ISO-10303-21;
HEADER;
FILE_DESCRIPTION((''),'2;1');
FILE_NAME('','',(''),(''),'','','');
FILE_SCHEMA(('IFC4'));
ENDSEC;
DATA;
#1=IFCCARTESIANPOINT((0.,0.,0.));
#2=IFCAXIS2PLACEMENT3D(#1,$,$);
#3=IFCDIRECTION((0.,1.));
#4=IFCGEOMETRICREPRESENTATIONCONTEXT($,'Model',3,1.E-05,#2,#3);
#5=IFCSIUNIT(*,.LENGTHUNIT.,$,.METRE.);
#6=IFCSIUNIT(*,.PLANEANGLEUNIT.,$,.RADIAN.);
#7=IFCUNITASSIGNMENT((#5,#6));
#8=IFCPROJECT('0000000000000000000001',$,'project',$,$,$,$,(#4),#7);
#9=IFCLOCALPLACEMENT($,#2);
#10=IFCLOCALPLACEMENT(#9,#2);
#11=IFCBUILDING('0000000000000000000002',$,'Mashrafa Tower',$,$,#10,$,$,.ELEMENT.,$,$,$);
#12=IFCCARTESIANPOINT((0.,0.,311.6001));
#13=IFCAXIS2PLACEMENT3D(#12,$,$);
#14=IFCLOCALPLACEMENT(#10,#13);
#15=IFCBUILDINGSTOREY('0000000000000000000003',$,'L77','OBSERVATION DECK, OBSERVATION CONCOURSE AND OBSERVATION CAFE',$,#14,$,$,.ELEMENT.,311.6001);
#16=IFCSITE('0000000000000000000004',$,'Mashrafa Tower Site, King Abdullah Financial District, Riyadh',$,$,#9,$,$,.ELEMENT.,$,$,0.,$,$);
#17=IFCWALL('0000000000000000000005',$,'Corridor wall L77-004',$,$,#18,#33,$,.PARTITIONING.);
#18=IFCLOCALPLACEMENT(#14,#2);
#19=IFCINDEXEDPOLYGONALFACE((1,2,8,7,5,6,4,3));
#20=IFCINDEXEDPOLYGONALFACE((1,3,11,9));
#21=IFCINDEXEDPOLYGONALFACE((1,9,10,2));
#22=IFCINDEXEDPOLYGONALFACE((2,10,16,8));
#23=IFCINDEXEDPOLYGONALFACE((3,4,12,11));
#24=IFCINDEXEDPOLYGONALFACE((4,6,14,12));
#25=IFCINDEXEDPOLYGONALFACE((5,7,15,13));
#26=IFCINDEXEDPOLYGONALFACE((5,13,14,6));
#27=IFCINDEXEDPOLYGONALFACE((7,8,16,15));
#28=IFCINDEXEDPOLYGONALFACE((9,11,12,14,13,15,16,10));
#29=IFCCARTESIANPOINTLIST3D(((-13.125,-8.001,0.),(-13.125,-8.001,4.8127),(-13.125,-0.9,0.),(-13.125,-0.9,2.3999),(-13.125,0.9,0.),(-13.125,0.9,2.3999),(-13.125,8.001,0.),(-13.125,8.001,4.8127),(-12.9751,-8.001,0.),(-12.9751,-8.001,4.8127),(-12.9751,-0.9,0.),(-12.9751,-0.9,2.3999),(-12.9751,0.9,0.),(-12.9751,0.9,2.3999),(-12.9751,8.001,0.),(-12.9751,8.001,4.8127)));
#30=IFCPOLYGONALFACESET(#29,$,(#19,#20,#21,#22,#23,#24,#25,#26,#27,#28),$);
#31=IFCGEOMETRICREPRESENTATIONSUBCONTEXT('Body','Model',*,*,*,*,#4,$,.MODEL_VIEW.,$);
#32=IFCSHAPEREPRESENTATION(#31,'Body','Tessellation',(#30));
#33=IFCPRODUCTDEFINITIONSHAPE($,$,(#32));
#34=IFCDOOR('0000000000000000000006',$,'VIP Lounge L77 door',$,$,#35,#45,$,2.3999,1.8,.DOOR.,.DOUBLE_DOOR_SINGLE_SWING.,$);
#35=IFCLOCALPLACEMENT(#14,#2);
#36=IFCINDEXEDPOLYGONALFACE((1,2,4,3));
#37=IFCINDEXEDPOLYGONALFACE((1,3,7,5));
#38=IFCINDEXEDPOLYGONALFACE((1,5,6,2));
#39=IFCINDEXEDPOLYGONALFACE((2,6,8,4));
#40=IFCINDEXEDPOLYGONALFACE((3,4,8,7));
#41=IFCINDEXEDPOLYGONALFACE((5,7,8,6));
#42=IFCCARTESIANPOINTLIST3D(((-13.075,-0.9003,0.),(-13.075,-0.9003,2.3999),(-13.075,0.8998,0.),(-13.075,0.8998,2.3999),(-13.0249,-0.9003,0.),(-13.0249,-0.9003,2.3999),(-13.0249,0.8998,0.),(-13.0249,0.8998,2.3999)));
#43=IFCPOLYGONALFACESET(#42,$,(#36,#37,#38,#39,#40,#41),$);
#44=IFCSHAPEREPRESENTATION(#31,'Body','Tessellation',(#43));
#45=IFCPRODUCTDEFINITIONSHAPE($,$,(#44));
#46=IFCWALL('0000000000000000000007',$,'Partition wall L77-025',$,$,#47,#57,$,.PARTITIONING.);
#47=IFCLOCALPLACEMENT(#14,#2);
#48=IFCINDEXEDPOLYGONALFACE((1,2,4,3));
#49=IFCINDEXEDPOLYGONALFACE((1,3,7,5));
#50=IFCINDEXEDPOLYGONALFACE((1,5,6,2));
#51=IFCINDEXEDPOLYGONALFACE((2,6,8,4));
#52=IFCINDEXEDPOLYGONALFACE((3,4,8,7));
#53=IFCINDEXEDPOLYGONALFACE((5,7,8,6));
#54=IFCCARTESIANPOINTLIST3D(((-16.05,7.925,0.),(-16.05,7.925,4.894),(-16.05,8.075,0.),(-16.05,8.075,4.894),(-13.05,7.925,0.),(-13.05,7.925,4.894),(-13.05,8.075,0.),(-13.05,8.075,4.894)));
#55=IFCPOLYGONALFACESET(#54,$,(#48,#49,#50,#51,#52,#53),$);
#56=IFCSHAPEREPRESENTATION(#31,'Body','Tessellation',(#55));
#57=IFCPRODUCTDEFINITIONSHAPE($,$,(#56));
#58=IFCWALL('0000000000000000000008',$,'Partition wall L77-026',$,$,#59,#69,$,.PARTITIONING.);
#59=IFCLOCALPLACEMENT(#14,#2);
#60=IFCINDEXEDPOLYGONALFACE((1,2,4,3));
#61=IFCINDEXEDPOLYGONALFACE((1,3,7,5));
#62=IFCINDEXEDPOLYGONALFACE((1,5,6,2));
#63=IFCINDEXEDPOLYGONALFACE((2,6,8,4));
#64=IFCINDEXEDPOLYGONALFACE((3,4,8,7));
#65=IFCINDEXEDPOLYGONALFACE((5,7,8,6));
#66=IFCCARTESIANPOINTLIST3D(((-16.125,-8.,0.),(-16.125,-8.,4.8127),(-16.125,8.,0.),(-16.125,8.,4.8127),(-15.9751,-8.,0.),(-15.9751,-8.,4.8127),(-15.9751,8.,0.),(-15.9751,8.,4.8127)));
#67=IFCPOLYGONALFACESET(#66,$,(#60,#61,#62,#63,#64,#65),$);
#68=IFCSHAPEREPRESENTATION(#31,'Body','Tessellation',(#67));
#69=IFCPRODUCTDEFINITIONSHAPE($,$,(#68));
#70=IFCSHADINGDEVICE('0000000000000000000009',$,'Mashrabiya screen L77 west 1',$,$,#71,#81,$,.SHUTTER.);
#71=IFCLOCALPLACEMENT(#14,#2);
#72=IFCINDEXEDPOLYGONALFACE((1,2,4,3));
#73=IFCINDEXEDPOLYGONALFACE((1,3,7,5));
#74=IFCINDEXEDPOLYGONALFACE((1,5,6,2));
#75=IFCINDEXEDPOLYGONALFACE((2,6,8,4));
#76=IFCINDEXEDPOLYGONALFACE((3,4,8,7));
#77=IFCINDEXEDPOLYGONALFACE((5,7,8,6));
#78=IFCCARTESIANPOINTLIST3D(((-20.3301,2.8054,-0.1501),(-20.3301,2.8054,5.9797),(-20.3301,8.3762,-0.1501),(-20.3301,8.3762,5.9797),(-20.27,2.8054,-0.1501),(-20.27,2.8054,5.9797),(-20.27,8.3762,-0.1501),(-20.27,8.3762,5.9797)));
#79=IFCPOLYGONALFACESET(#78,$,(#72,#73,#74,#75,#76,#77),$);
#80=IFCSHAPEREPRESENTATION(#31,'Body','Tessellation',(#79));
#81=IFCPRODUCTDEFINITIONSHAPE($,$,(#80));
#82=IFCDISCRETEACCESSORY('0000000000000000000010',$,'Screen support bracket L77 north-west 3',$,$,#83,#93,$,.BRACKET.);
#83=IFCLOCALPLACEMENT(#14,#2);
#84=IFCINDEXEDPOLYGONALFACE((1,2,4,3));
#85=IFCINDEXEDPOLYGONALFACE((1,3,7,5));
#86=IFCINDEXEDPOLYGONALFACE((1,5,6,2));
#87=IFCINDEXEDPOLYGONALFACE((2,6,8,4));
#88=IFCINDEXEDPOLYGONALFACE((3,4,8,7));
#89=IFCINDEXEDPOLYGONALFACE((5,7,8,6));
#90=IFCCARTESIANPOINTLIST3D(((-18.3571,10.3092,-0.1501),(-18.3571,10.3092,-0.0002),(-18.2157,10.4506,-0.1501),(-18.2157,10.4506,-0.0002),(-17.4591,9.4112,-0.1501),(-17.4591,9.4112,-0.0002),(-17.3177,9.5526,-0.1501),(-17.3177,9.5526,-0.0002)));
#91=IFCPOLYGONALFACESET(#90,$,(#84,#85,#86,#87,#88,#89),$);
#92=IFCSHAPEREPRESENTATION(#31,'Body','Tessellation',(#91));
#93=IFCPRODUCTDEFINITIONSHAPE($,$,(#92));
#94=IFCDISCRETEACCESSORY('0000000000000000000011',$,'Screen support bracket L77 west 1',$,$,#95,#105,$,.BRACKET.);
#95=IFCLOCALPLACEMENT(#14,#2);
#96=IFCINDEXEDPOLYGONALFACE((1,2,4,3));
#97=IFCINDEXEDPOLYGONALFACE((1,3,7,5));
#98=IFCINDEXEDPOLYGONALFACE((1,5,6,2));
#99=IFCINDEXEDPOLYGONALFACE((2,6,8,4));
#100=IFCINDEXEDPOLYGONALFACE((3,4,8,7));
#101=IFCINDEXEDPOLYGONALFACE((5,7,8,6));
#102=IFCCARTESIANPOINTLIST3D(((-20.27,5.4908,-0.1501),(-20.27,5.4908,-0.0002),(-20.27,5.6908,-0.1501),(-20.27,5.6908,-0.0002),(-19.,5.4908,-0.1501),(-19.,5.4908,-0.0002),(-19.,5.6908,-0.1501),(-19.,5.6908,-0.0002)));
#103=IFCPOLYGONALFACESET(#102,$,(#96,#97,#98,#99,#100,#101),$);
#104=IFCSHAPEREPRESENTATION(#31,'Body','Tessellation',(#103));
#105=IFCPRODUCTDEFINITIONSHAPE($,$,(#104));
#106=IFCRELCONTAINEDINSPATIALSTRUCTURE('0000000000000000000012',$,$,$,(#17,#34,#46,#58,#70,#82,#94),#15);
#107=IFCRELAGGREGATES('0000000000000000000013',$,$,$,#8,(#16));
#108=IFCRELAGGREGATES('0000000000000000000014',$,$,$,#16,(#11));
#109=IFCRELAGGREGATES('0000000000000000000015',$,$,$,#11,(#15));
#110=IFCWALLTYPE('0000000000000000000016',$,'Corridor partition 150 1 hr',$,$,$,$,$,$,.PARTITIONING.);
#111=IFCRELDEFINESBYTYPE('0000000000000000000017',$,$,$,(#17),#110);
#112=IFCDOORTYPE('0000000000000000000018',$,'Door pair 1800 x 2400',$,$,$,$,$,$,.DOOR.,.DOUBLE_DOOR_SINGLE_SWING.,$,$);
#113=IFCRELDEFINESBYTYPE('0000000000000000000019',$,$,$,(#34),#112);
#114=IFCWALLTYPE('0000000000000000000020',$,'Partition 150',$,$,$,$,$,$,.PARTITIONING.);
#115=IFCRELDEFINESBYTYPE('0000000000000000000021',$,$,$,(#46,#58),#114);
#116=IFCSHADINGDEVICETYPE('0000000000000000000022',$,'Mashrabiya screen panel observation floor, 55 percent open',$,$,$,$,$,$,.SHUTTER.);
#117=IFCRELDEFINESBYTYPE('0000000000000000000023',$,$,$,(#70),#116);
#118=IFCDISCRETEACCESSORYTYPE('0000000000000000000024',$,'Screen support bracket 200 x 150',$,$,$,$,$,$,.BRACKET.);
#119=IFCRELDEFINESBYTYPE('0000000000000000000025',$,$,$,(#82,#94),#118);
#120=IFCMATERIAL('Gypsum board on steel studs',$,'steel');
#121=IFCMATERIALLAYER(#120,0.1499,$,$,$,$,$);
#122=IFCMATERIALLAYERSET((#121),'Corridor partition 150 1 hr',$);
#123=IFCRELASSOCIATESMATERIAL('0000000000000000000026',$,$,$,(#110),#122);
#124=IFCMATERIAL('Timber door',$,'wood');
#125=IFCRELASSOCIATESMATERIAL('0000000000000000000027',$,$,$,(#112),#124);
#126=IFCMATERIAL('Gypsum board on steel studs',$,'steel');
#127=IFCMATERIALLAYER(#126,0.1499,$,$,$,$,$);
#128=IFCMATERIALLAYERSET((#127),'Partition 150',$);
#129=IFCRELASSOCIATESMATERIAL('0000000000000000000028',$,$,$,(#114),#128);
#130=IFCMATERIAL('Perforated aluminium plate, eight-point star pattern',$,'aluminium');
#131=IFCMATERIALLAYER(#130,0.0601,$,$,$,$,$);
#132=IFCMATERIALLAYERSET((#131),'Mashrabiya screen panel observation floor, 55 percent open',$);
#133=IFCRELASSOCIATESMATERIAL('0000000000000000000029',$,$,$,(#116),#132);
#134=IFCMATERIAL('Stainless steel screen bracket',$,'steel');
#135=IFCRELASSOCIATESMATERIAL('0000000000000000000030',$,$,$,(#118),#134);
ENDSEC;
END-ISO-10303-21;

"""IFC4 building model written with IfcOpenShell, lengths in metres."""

from ifc_helpers import new_model, si_unit, direction, frame, frame_2d, origin, origin_2d, place, context, subcontext, project, spatial, rectangle, extrude, source, transform, mapped, material, layer, layer_set, type_object, type_shapes, element, fill, save


model = new_model("IFC4")

# Units and contexts
model_context = context("Model", 3, precision=1e-05, world=origin(), true_north=direction((0.0, 1.0)))
body_context = subcontext(model_context, "Body", "Model", "MODEL_VIEW")
ifc_project = project(units=[si_unit("LENGTHUNIT", "METRE"), si_unit("PLANEANGLEUNIT", "RADIAN")], contexts=[model_context])

# Site, building, storey
site_placement = place(None, origin())
site = spatial("IfcSite", under=ifc_project, at=site_placement, Name="Mashrafa Tower Site, King Abdullah Financial District, Riyadh", CompositionType="ELEMENT", RefElevation=0.0)
building_placement = place(site_placement, origin())
building = spatial("IfcBuilding", under=site, at=building_placement, Name="Mashrafa Tower", CompositionType="ELEMENT")
storey_placement = place(building_placement, frame((0.0, 0.0, 311.6001)))
storey = spatial("IfcBuildingStorey", under=building, at=storey_placement, Name="L77", Description="OBSERVATION DECK, OBSERVATION CONCOURSE AND OBSERVATION CAFE", CompositionType="ELEMENT", Elevation=311.6001)

# Wall, opening, door
ifc_material_1 = material(Name="Gypsum board on steel studs", Category="steel")
ifc_layer_1 = layer(ifc_material_1, 0.1499)
ifc_layer_set_1 = layer_set([ifc_layer_1], Name="Corridor partition 150 1 hr")
wall_type_1 = type_object("IfcWallType", Name="Corridor partition 150 1 hr", PredefinedType="PARTITIONING", material=ifc_layer_set_1)
wall_1_placement = place(storey_placement, frame((-13.05, 8.001, 0.0), z_axis=(0.0, 0.0, 1.0), x_axis=(0.0, -1.0, 0.0)))
wall_1 = element("IfcWall", 1, at=wall_1_placement, inside=storey, type_object=wall_type_1, Name="Corridor wall L77-004", PredefinedType="PARTITIONING", context=body_context, shape_type="SweptSolid", body=[
    extrude(rectangle(XDim=16.002, YDim=0.1499, at=frame_2d((8.001, 0.0))), origin(), (0.0, 0.0, 1.0), 4.8127),
])
opening_1_placement = place(wall_1_placement, frame((7.1011, 0.0, 0.0)))
opening_1 = element("IfcOpeningElement", 2, at=opening_1_placement, cuts=wall_1, PredefinedType="OPENING", context=body_context, shape_type="SweptSolid", body=[
    extrude(rectangle(XDim=1.8, YDim=2.3999, at=frame_2d((0.8999, 1.2))), frame((0.0, 0.085, 0.0), z_axis=(0.0, -1.0, 0.0), x_axis=(1.0, 0.0, 0.0)), (0.0, 0.0, 1.0), 0.1699),
])
ifc_material_2 = material(Name="Timber door", Category="wood")
door_type_1 = type_object("IfcDoorType", Name="Door pair 1800 x 2400", OperationType="DOUBLE_DOOR_SINGLE_SWING", PredefinedType="DOOR", material=ifc_material_2)
door_1_placement = place(opening_1_placement, frame((1.8, 0.0, 0.0), z_axis=(0.0, 0.0, 1.0), x_axis=(-1.0, 0.0, 0.0)))
door_1 = element("IfcDoor", 3, at=door_1_placement, inside=storey, type_object=door_type_1, Name="VIP Lounge L77 door", OperationType="DOUBLE_DOOR_SINGLE_SWING", OverallHeight=2.3999, OverallWidth=1.8, PredefinedType="DOOR", context=body_context, shape_type="SweptSolid", body=[
    extrude(rectangle(XDim=1.8, YDim=2.3999, at=frame_2d((0.8999, 1.2))), frame((0.0, 0.0249, 0.0), z_axis=(0.0, -1.0, 0.0), x_axis=(1.0, 0.0, 0.0)), (0.0, 0.0, 1.0), 0.05),
])
fill(opening_1, door_1)

# Walls
ifc_material_3 = material(Name="Gypsum board on steel studs", Category="steel")
ifc_layer_2 = layer(ifc_material_3, 0.1499)
ifc_layer_set_2 = layer_set([ifc_layer_2], Name="Partition 150")
wall_type_2 = type_object("IfcWallType", Name="Partition 150", PredefinedType="PARTITIONING", material=ifc_layer_set_2)
wall_2_placement = place(storey_placement, frame((-13.05, 8.0, 0.0), z_axis=(0.0, 0.0, 1.0), x_axis=(-1.0, 0.0, 0.0)))
element("IfcWall", 4, at=wall_2_placement, inside=storey, type_object=wall_type_2, Name="Partition wall L77-025", PredefinedType="PARTITIONING", context=body_context, shape_type="SweptSolid", body=[
    extrude(rectangle(XDim=3.0, YDim=0.1499, at=frame_2d((1.5, 0.0))), origin(), (0.0, 0.0, 1.0), 4.894),
])
wall_3_placement = place(storey_placement, frame((-16.05, 8.0, 0.0), z_axis=(0.0, 0.0, 1.0), x_axis=(0.0, -1.0, 0.0)))
element("IfcWall", 5, at=wall_3_placement, inside=storey, type_object=wall_type_2, Name="Partition wall L77-026", PredefinedType="PARTITIONING", context=body_context, shape_type="SweptSolid", body=[
    extrude(rectangle(XDim=16.0, YDim=0.1499, at=frame_2d((8.0, 0.0))), origin(), (0.0, 0.0, 1.0), 4.8127),
])

# Shading device
ifc_material_4 = material(Name="Perforated aluminium plate, eight-point star pattern", Category="aluminium")
ifc_layer_3 = layer(ifc_material_4, 0.0601)
ifc_layer_set_3 = layer_set([ifc_layer_3], Name="Mashrabiya screen panel observation floor, 55 percent open")
shading_device_type = type_object("IfcShadingDeviceType", Name="Mashrabiya screen panel observation floor, 55 percent open", PredefinedType="SHUTTER", material=ifc_layer_set_3)
shared_shape_1 = source(origin(), body_context, "Body", "SweptSolid", [
    extrude(rectangle(XDim=5.5708, YDim=0.0601, at=origin_2d()), origin(), (0.0, 0.0, 1.0), 6.1299),
])
type_shapes(shading_device_type, [shared_shape_1])
shading_device_placement = place(storey_placement, frame((-20.3, 5.5908, -0.1501), z_axis=(0.0, 0.0, 1.0), x_axis=(0.0, -1.0, 0.0)))
element("IfcShadingDevice", 6, at=shading_device_placement, inside=storey, type_object=shading_device_type, Name="Mashrabiya screen L77 west 1", PredefinedType="SHUTTER", context=body_context, shape_type="MappedRepresentation", body=[
    mapped(shared_shape_1, transform((0.0, 0.0, 0.0))),
])

# Discrete accessories
ifc_material_5 = material(Name="Stainless steel screen bracket", Category="steel")
discrete_accessory_type = type_object("IfcDiscreteAccessoryType", Name="Screen support bracket 200 x 150", PredefinedType="BRACKET", material=ifc_material_5)
shared_shape_2 = source(origin(), body_context, "Body", "SweptSolid", [
    extrude(rectangle(XDim=0.2, YDim=1.27, at=origin_2d()), origin(), (0.0, 0.0, 1.0), 0.1499),
])
type_shapes(discrete_accessory_type, [shared_shape_2])
for number, where, z_axis, x_axis, name in (
    (7, (-17.8374, 9.9309, -0.1501), (0.0, 0.0, 1.0), (-0.707107, -0.707107, 0.0), "Screen support bracket L77 north-west 3"),
    (8, (-19.635, 5.5908, -0.1501), (0.0, 0.0, 1.0), (0.0, -1.0, 0.0), "Screen support bracket L77 west 1"),
):
    element("IfcDiscreteAccessory", number, at=place(storey_placement, frame(where, z_axis=z_axis, x_axis=x_axis)), inside=storey, type_object=discrete_accessory_type, Name=name, PredefinedType="BRACKET", context=body_context, shape_type="MappedRepresentation", body=[
        mapped(shared_shape_2, transform((0.0, 0.0, 0.0))),
    ])

save(model, "model.ifc")
